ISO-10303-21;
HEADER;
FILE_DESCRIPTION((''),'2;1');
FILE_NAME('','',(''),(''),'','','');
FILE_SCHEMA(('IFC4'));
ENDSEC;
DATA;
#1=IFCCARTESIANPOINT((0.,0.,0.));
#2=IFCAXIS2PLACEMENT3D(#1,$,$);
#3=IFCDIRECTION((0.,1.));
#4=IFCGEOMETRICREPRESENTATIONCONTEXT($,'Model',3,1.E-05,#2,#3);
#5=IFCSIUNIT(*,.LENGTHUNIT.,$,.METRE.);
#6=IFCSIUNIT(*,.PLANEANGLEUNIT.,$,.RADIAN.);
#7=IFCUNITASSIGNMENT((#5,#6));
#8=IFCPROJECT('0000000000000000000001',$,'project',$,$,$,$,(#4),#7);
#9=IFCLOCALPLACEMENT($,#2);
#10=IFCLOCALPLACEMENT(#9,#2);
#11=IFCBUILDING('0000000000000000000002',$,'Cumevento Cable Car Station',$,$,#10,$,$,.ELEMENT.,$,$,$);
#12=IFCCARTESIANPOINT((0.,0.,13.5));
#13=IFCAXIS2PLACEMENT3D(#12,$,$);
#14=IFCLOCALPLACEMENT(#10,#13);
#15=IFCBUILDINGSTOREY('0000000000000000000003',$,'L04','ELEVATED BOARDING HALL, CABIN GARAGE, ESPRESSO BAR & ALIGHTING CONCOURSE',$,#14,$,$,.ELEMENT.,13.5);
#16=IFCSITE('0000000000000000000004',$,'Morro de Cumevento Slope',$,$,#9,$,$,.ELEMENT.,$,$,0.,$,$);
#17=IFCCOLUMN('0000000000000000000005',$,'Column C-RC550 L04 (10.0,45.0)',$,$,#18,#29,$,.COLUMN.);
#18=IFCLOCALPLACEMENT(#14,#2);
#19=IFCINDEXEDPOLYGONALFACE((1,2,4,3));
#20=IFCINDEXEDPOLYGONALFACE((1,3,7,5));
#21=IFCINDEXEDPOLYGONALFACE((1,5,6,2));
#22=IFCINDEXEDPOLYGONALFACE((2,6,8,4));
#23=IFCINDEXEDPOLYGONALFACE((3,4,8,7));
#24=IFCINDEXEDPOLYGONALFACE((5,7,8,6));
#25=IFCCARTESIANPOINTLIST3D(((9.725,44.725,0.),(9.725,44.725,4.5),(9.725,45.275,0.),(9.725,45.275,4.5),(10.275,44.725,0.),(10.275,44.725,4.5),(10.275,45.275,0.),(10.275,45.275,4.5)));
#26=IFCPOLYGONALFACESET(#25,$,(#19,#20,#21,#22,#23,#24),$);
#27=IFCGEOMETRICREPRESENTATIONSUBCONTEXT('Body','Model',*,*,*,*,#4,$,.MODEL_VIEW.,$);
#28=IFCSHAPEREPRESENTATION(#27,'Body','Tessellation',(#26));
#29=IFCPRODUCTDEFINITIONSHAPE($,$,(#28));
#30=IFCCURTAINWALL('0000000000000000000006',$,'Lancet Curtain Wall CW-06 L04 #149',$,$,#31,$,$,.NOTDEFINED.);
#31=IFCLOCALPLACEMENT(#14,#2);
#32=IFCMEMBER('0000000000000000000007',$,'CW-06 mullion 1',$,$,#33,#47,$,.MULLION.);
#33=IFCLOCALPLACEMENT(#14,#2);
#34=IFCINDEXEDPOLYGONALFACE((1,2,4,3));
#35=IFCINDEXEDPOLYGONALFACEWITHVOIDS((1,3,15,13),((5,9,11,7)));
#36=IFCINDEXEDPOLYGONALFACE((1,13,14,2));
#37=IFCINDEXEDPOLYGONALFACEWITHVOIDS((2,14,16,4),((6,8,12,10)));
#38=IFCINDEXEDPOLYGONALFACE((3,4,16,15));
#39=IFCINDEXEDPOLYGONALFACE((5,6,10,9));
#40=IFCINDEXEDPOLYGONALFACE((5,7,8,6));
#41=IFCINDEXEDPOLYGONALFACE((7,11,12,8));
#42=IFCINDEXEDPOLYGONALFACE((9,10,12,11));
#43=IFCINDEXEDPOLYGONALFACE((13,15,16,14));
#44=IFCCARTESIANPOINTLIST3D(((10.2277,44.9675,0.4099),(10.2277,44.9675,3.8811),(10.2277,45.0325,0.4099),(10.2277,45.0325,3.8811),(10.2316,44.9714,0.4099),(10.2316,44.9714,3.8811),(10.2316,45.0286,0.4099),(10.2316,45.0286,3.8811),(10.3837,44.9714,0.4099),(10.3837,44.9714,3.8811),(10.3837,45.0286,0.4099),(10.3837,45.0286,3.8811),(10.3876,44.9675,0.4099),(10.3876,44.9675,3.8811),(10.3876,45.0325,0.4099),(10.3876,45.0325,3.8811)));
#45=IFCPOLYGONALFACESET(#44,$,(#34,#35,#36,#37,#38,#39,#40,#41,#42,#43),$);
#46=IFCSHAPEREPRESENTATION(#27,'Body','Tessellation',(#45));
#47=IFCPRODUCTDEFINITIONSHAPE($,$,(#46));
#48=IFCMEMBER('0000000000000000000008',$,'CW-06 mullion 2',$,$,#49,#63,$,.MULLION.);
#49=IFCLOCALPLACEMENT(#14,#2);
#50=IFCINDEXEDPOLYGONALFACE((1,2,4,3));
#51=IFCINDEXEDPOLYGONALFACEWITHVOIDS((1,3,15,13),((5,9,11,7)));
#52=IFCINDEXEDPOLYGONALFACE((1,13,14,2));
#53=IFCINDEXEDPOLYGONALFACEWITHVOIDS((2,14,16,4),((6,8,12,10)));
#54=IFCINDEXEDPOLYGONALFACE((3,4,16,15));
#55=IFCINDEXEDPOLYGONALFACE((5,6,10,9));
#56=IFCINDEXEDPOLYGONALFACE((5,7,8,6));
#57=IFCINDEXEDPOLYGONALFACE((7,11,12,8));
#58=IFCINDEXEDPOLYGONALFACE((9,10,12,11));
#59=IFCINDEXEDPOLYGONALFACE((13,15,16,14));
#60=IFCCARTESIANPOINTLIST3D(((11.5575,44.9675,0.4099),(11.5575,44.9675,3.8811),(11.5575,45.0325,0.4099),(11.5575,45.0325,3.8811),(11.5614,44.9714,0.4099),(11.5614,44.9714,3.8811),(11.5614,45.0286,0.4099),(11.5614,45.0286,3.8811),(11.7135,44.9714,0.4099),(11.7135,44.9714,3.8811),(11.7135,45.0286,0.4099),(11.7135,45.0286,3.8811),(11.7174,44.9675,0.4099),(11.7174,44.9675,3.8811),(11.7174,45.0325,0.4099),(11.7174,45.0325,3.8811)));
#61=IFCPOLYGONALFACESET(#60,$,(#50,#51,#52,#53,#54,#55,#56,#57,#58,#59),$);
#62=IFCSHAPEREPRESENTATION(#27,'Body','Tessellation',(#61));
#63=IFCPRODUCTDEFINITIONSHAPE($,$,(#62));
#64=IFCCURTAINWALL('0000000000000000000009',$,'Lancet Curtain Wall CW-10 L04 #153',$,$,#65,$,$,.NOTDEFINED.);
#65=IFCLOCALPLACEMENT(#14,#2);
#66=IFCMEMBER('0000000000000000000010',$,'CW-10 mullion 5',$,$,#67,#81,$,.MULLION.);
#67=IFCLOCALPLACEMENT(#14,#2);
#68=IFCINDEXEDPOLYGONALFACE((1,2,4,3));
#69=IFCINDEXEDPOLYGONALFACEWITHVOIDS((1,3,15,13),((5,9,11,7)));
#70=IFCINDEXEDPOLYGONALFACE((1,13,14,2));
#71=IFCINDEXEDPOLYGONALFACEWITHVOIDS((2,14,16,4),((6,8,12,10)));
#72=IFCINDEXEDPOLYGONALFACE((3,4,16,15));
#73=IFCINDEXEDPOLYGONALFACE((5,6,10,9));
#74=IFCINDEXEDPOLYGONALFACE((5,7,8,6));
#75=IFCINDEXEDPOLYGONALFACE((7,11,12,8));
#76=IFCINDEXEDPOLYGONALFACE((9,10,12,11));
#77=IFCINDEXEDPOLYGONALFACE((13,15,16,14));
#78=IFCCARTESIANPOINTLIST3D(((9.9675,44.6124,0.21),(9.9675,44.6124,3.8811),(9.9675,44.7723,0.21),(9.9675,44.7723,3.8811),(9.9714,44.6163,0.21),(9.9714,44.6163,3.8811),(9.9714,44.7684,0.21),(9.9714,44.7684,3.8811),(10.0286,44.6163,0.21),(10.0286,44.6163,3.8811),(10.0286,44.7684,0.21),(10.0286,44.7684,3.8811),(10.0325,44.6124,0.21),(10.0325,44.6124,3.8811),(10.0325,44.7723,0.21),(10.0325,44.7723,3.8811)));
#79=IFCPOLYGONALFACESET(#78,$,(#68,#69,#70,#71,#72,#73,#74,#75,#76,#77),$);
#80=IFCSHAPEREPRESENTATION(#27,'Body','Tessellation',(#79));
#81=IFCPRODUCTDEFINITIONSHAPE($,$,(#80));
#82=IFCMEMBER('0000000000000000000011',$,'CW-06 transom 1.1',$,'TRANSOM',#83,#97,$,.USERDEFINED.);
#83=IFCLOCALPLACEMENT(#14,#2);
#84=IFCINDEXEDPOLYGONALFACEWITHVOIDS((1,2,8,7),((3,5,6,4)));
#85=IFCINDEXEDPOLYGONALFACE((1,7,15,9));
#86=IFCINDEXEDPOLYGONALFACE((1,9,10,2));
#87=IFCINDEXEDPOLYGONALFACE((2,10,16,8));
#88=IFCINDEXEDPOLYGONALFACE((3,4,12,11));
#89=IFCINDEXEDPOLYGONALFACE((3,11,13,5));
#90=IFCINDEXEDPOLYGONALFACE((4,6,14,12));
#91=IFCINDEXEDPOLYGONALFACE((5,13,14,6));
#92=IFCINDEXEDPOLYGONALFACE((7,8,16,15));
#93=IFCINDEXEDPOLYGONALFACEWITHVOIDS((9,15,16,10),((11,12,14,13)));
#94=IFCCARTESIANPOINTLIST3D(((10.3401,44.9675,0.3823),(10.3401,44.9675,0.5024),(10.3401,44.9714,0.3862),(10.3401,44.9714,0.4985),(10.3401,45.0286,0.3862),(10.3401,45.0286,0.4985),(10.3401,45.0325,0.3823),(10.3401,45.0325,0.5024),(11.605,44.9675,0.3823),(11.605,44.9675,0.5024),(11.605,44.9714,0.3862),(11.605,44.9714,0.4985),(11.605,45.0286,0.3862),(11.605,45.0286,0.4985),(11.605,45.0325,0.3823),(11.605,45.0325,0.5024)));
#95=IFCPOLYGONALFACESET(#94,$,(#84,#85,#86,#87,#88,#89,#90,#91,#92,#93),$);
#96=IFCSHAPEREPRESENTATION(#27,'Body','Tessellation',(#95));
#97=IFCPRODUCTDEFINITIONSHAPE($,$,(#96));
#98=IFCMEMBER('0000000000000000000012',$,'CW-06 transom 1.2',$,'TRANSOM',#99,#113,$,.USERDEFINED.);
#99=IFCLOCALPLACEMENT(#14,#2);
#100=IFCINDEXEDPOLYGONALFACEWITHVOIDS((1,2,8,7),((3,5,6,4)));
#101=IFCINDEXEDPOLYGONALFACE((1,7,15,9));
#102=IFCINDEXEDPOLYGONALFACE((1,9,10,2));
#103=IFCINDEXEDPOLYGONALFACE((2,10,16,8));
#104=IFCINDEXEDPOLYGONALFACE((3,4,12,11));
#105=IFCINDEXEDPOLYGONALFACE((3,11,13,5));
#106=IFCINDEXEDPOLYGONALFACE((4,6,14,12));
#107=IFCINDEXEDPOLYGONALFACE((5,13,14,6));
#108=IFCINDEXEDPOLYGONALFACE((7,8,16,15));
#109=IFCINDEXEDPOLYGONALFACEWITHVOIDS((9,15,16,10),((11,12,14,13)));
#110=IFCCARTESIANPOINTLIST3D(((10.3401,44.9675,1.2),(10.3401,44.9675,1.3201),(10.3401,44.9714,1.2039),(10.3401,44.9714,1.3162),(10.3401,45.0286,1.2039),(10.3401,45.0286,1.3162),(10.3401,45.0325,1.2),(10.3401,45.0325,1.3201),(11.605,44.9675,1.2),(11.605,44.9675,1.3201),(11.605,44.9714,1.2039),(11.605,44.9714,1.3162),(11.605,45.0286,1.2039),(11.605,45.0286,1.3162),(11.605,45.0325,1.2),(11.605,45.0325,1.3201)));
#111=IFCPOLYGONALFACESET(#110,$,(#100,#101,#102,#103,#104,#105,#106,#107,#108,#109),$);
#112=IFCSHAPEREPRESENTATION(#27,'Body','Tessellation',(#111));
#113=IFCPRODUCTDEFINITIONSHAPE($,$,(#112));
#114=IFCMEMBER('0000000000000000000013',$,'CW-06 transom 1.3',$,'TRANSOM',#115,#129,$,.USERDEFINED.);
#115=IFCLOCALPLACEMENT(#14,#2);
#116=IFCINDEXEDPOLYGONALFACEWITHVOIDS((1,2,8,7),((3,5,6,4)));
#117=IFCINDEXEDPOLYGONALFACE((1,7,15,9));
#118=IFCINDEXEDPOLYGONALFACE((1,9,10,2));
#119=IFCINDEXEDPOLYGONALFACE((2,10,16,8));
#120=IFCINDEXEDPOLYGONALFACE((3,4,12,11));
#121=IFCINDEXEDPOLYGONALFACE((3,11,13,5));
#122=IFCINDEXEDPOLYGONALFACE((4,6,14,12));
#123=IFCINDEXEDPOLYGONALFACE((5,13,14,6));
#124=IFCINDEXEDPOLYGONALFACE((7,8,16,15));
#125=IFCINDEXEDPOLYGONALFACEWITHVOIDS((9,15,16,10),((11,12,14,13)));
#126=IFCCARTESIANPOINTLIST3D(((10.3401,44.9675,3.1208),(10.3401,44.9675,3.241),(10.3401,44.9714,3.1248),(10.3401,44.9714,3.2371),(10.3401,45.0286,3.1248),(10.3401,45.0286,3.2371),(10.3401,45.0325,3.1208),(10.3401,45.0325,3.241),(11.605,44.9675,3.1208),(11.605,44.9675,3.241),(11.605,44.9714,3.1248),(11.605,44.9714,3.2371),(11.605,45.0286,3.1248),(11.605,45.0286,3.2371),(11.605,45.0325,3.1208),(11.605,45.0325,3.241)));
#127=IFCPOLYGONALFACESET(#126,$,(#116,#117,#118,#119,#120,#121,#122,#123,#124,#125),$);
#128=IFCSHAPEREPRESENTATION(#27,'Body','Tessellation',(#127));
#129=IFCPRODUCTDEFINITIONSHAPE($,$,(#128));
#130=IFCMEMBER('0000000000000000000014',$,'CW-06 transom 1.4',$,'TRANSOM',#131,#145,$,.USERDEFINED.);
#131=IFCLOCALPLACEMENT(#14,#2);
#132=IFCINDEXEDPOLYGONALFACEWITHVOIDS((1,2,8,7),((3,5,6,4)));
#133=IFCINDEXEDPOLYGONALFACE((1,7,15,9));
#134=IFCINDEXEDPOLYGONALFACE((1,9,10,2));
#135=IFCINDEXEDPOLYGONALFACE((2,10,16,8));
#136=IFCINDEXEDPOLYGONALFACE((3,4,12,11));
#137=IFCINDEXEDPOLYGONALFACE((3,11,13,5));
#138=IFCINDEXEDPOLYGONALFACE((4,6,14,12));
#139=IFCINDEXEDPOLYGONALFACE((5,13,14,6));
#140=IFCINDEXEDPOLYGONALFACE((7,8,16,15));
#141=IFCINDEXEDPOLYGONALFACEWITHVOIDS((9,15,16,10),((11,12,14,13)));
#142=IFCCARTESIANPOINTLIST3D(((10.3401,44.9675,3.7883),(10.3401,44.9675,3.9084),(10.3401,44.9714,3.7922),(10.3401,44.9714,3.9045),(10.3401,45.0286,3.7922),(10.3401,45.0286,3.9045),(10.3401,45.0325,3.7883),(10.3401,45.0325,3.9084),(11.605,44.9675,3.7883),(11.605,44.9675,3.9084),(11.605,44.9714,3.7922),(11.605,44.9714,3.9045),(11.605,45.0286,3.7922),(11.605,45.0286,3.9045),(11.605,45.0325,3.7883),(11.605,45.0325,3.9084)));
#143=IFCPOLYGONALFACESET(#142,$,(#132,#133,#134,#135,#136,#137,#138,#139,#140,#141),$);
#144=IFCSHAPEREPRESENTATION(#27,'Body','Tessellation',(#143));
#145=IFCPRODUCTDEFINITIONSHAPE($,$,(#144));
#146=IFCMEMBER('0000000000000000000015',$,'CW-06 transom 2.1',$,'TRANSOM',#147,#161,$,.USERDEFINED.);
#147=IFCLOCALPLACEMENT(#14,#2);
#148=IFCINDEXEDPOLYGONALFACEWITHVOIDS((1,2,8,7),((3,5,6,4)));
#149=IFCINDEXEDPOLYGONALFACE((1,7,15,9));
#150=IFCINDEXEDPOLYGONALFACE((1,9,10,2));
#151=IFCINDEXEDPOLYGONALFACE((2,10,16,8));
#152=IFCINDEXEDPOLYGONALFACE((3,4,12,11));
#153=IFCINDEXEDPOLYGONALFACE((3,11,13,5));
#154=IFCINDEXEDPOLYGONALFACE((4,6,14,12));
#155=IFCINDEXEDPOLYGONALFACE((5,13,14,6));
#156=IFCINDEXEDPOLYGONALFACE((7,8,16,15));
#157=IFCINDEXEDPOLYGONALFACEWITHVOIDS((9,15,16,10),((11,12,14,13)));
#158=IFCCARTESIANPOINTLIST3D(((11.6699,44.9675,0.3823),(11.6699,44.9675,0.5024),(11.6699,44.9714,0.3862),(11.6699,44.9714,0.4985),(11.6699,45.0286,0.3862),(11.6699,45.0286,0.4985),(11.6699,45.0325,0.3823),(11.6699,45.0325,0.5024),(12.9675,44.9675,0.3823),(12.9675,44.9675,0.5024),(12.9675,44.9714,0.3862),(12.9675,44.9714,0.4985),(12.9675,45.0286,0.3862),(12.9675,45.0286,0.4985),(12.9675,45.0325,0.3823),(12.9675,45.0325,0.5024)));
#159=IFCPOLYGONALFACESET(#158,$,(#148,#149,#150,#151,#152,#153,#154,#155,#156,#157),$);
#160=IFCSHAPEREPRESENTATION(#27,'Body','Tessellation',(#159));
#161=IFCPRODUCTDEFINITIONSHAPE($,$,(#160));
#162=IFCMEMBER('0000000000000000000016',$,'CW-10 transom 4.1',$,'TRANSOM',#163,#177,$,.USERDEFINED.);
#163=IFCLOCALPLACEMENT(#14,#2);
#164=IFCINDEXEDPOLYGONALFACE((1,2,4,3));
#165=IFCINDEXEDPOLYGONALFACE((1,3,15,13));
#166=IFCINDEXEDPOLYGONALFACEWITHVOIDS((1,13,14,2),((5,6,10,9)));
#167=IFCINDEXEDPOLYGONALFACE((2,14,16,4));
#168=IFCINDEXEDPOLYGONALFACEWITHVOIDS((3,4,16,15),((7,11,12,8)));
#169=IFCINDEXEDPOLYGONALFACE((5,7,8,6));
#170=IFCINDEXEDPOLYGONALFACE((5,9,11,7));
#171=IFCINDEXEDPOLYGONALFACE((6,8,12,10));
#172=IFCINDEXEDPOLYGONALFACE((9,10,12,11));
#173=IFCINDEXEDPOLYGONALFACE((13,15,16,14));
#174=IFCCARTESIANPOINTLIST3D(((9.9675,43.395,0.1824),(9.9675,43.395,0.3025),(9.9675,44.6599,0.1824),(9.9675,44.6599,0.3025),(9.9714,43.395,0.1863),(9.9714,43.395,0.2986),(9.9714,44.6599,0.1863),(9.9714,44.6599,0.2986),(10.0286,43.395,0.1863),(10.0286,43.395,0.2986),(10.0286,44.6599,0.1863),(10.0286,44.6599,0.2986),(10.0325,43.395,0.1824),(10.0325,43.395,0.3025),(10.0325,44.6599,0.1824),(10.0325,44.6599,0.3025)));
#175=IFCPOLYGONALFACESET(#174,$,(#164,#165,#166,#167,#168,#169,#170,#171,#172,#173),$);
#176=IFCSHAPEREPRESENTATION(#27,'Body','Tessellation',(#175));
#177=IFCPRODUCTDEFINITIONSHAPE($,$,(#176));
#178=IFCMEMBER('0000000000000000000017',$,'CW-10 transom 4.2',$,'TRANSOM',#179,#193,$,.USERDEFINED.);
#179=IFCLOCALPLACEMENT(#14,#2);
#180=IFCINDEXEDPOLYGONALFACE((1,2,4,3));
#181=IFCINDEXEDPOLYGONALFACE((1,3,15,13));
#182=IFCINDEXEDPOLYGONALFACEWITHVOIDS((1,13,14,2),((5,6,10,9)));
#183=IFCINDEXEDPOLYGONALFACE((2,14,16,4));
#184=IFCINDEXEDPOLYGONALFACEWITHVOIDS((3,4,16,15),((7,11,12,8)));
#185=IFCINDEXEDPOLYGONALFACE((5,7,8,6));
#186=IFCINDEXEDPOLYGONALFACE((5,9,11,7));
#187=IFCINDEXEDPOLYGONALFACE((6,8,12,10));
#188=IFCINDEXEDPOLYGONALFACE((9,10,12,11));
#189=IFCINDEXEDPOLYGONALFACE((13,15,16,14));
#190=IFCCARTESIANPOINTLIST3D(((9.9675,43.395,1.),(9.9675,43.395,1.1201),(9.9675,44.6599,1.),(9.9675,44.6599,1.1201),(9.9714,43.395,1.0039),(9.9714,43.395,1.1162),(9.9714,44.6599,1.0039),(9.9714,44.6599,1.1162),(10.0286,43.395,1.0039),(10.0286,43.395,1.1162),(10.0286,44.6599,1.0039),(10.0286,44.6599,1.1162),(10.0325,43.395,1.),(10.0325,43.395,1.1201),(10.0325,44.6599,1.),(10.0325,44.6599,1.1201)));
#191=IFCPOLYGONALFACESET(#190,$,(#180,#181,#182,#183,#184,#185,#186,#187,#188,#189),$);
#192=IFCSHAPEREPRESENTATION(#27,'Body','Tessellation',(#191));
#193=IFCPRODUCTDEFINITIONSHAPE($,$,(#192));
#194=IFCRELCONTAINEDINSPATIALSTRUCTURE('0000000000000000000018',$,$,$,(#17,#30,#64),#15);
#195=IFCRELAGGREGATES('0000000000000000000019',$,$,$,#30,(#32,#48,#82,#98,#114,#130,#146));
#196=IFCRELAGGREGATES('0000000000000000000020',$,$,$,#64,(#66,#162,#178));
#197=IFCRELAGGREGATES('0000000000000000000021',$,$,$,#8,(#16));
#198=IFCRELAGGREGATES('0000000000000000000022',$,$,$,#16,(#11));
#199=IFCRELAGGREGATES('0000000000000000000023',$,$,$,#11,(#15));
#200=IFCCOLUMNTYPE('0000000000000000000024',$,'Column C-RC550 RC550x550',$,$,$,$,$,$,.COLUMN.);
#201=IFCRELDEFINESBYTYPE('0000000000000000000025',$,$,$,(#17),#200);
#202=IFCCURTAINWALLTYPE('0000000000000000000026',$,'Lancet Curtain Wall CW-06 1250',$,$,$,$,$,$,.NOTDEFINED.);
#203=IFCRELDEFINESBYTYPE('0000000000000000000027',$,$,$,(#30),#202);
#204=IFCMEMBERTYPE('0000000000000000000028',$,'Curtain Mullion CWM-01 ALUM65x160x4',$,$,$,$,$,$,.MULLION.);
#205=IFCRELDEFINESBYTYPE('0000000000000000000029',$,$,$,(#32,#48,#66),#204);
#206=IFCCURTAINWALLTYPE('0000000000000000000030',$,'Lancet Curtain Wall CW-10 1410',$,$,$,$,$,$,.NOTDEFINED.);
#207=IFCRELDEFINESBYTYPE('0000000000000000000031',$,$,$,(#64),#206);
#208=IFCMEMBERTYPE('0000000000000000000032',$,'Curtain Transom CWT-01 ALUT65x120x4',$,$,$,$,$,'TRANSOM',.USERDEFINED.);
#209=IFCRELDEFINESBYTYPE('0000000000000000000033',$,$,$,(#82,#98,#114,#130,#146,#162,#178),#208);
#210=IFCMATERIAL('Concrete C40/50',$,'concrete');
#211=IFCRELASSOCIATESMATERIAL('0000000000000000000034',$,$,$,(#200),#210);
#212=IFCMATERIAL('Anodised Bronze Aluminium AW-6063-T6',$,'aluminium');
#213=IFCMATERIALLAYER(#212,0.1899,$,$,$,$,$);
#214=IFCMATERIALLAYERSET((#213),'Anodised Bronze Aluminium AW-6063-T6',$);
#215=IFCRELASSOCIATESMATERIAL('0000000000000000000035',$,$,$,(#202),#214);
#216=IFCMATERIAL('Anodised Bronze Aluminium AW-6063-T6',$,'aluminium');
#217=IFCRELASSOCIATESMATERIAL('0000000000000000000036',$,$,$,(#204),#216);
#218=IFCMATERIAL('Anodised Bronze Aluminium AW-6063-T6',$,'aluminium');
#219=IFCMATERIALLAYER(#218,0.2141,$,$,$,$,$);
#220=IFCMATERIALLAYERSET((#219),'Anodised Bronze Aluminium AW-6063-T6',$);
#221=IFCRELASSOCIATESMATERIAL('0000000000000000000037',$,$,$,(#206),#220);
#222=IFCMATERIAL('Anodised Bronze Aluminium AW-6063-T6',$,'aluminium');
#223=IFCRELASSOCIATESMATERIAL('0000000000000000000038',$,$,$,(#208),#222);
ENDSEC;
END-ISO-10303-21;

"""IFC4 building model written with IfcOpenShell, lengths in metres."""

from ifc_helpers import new_model, si_unit, direction, frame, origin, origin_2d, place, context, subcontext, project, spatial, rectangle, hollow_rectangle, extrude, material, layer, layer_set, material_profile, profile_set, type_object, element, aggregate, save


model = new_model("IFC4")

# Units and contexts
model_context = context("Model", 3, precision=1e-05, world=origin(), true_north=direction((0.0, 1.0)))
body_context = subcontext(model_context, "Body", "Model", "MODEL_VIEW")
ifc_project = project(units=[si_unit("LENGTHUNIT", "METRE"), si_unit("PLANEANGLEUNIT", "RADIAN")], contexts=[model_context])

# Site, building, storey
site_placement = place(None, origin())
site = spatial("IfcSite", under=ifc_project, at=site_placement, Name="Morro de Cumevento Slope", CompositionType="ELEMENT", RefElevation=0.0)
building_placement = place(site_placement, origin())
building = spatial("IfcBuilding", under=site, at=building_placement, Name="Cumevento Cable Car Station", CompositionType="ELEMENT")
storey_placement = place(building_placement, frame((0.0, 0.0, 13.5)))
storey = spatial("IfcBuildingStorey", under=building, at=storey_placement, Name="L04", Description="ELEVATED BOARDING HALL, CABIN GARAGE, ESPRESSO BAR & ALIGHTING CONCOURSE", CompositionType="ELEMENT", Elevation=13.5)

# Column
ifc_material_1 = material(Name="Concrete C40/50", Category="concrete")
ifc_material_profile_1 = material_profile(ifc_material_1, rectangle(XDim=0.55, YDim=0.55, at=origin_2d()), Name="RC550x550")
ifc_profile_set_1 = profile_set([ifc_material_profile_1], Name="Concrete C40/50")
column_type = type_object("IfcColumnType", Name="Column C-RC550 RC550x550", PredefinedType="COLUMN", material=ifc_profile_set_1)
column_placement = place(storey_placement, frame((10.0, 45.0, 0.0), z_axis=(0.0, 0.0, 1.0), x_axis=(1.0, 0.0, 0.0)))
element("IfcColumn", 1, at=column_placement, inside=storey, type_object=column_type, Name="Column C-RC550 L04 (10.0,45.0)", PredefinedType="COLUMN", context=body_context, shape_type="SweptSolid", body=[
    extrude(rectangle(XDim=0.55, YDim=0.55, at=origin_2d()), origin(), (0.0, 0.0, 1.0), 4.5),
])

# Curtain wall, members
ifc_material_2 = material(Name="Anodised Bronze Aluminium AW-6063-T6", Category="aluminium")
ifc_layer_1 = layer(ifc_material_2, 0.1899)
ifc_layer_set_1 = layer_set([ifc_layer_1], Name="Anodised Bronze Aluminium AW-6063-T6")
curtain_wall_type_1 = type_object("IfcCurtainWallType", Name="Lancet Curtain Wall CW-06 1250", PredefinedType="NOTDEFINED", material=ifc_layer_set_1)
curtain_wall_1_placement = place(storey_placement, origin())
curtain_wall_1 = element("IfcCurtainWall", 2, at=curtain_wall_1_placement, inside=storey, type_object=curtain_wall_type_1, Name="Lancet Curtain Wall CW-06 L04 #149", PredefinedType="NOTDEFINED")
ifc_material_3 = material(Name="Anodised Bronze Aluminium AW-6063-T6", Category="aluminium")
ifc_material_profile_2 = material_profile(ifc_material_3, hollow_rectangle(XDim=0.0649, YDim=0.1599, WallThickness=0.0039, at=origin_2d()), Name="ALUM65x160x4")
ifc_profile_set_2 = profile_set([ifc_material_profile_2], Name="Anodised Bronze Aluminium AW-6063-T6")
member_type_1 = type_object("IfcMemberType", Name="Curtain Mullion CWM-01 ALUM65x160x4", PredefinedType="MULLION", material=ifc_profile_set_2)
member_1_placement = place(storey_placement, frame((10.3076, 45.0, 0.4099), z_axis=(0.0, 0.0, 1.0), x_axis=(0.0, 1.0, 0.0)))
member_1 = element("IfcMember", 3, at=member_1_placement, type_object=member_type_1, Name="CW-06 mullion 1", PredefinedType="MULLION", context=body_context, shape_type="SweptSolid", body=[
    extrude(hollow_rectangle(XDim=0.0649, YDim=0.1599, WallThickness=0.0039, at=origin_2d()), origin(), (0.0, 0.0, 1.0), 3.4712),
])
member_2_placement = place(storey_placement, frame((11.6375, 45.0, 0.4099), z_axis=(0.0, 0.0, 1.0), x_axis=(0.0, 1.0, 0.0)))
member_2 = element("IfcMember", 4, at=member_2_placement, type_object=member_type_1, Name="CW-06 mullion 2", PredefinedType="MULLION", context=body_context, shape_type="SweptSolid", body=[
    extrude(hollow_rectangle(XDim=0.0649, YDim=0.1599, WallThickness=0.0039, at=origin_2d()), origin(), (0.0, 0.0, 1.0), 3.4712),
])

# Curtain wall, member
ifc_material_4 = material(Name="Anodised Bronze Aluminium AW-6063-T6", Category="aluminium")
ifc_layer_2 = layer(ifc_material_4, 0.2141)
ifc_layer_set_2 = layer_set([ifc_layer_2], Name="Anodised Bronze Aluminium AW-6063-T6")
curtain_wall_type_2 = type_object("IfcCurtainWallType", Name="Lancet Curtain Wall CW-10 1410", PredefinedType="NOTDEFINED", material=ifc_layer_set_2)
curtain_wall_2_placement = place(storey_placement, origin())
curtain_wall_2 = element("IfcCurtainWall", 5, at=curtain_wall_2_placement, inside=storey, type_object=curtain_wall_type_2, Name="Lancet Curtain Wall CW-10 L04 #153", PredefinedType="NOTDEFINED")
member_3_placement = place(storey_placement, frame((10.0, 44.6924, 0.21), z_axis=(0.0, 0.0, 1.0), x_axis=(-1.0, 0.0, 0.0)))
member_3 = element("IfcMember", 6, at=member_3_placement, type_object=member_type_1, Name="CW-10 mullion 5", PredefinedType="MULLION", context=body_context, shape_type="SweptSolid", body=[
    extrude(hollow_rectangle(XDim=0.0649, YDim=0.1599, WallThickness=0.0039, at=origin_2d()), origin(), (0.0, 0.0, 1.0), 3.6711),
])

# Members
ifc_material_5 = material(Name="Anodised Bronze Aluminium AW-6063-T6", Category="aluminium")
ifc_material_profile_3 = material_profile(ifc_material_5, hollow_rectangle(XDim=0.0649, YDim=0.1201, WallThickness=0.0039, at=origin_2d()), Name="ALUT65x120x4")
ifc_profile_set_3 = profile_set([ifc_material_profile_3], Name="Anodised Bronze Aluminium AW-6063-T6")
member_type_2 = type_object("IfcMemberType", Name="Curtain Transom CWT-01 ALUT65x120x4", ElementType="TRANSOM", PredefinedType="USERDEFINED", material=ifc_profile_set_3)
member_4_placement = place(storey_placement, frame((10.3401, 45.0, 0.4424), z_axis=(1.0, 0.0, 0.0), x_axis=(0.0, 1.0, 0.0)))
member_4 = element("IfcMember", 7, at=member_4_placement, type_object=member_type_2, Name="CW-06 transom 1.1", ObjectType="TRANSOM", PredefinedType="USERDEFINED", context=body_context, shape_type="SweptSolid", body=[
    extrude(hollow_rectangle(XDim=0.0649, YDim=0.1201, WallThickness=0.0039, at=origin_2d()), origin(), (0.0, 0.0, 1.0), 1.2649),
])
member_5_placement = place(storey_placement, frame((10.3401, 45.0, 1.26), z_axis=(1.0, 0.0, 0.0), x_axis=(0.0, 1.0, 0.0)))
member_5 = element("IfcMember", 8, at=member_5_placement, type_object=member_type_2, Name="CW-06 transom 1.2", ObjectType="TRANSOM", PredefinedType="USERDEFINED", context=body_context, shape_type="SweptSolid", body=[
    extrude(hollow_rectangle(XDim=0.0649, YDim=0.1201, WallThickness=0.0039, at=origin_2d()), origin(), (0.0, 0.0, 1.0), 1.2649),
])
member_6_placement = place(storey_placement, frame((10.3401, 45.0, 3.1809), z_axis=(1.0, 0.0, 0.0), x_axis=(0.0, 1.0, 0.0)))
member_6 = element("IfcMember", 9, at=member_6_placement, type_object=member_type_2, Name="CW-06 transom 1.3", ObjectType="TRANSOM", PredefinedType="USERDEFINED", context=body_context, shape_type="SweptSolid", body=[
    extrude(hollow_rectangle(XDim=0.0649, YDim=0.1201, WallThickness=0.0039, at=origin_2d()), origin(), (0.0, 0.0, 1.0), 1.2649),
])
member_7_placement = place(storey_placement, frame((10.3401, 45.0, 3.8484), z_axis=(1.0, 0.0, 0.0), x_axis=(0.0, 1.0, 0.0)))
member_7 = element("IfcMember", 10, at=member_7_placement, type_object=member_type_2, Name="CW-06 transom 1.4", ObjectType="TRANSOM", PredefinedType="USERDEFINED", context=body_context, shape_type="SweptSolid", body=[
    extrude(hollow_rectangle(XDim=0.0649, YDim=0.1201, WallThickness=0.0039, at=origin_2d()), origin(), (0.0, 0.0, 1.0), 1.2649),
])
member_8_placement = place(storey_placement, frame((11.6699, 45.0, 0.4424), z_axis=(1.0, 0.0, 0.0), x_axis=(0.0, 1.0, 0.0)))
member_8 = element("IfcMember", 11, at=member_8_placement, type_object=member_type_2, Name="CW-06 transom 2.1", ObjectType="TRANSOM", PredefinedType="USERDEFINED", context=body_context, shape_type="SweptSolid", body=[
    extrude(hollow_rectangle(XDim=0.0649, YDim=0.1201, WallThickness=0.0039, at=origin_2d()), origin(), (0.0, 0.0, 1.0), 1.2976),
])
member_9_placement = place(storey_placement, frame((10.0, 43.395, 0.2424), z_axis=(0.0, 1.0, 0.0), x_axis=(-1.0, 0.0, 0.0)))
member_9 = element("IfcMember", 12, at=member_9_placement, type_object=member_type_2, Name="CW-10 transom 4.1", ObjectType="TRANSOM", PredefinedType="USERDEFINED", context=body_context, shape_type="SweptSolid", body=[
    extrude(hollow_rectangle(XDim=0.0649, YDim=0.1201, WallThickness=0.0039, at=origin_2d()), origin(), (0.0, 0.0, 1.0), 1.2649),
])
member_10_placement = place(storey_placement, frame((10.0, 43.395, 1.0601), z_axis=(0.0, 1.0, 0.0), x_axis=(-1.0, 0.0, 0.0)))
member_10 = element("IfcMember", 13, at=member_10_placement, type_object=member_type_2, Name="CW-10 transom 4.2", ObjectType="TRANSOM", PredefinedType="USERDEFINED", context=body_context, shape_type="SweptSolid", body=[
    extrude(hollow_rectangle(XDim=0.0649, YDim=0.1201, WallThickness=0.0039, at=origin_2d()), origin(), (0.0, 0.0, 1.0), 1.2649),
])

aggregate(curtain_wall_1, [member_1, member_2, member_4, member_5, member_6, member_7, member_8])
aggregate(curtain_wall_2, [member_3, member_9, member_10])

save(model, "model.ifc")
